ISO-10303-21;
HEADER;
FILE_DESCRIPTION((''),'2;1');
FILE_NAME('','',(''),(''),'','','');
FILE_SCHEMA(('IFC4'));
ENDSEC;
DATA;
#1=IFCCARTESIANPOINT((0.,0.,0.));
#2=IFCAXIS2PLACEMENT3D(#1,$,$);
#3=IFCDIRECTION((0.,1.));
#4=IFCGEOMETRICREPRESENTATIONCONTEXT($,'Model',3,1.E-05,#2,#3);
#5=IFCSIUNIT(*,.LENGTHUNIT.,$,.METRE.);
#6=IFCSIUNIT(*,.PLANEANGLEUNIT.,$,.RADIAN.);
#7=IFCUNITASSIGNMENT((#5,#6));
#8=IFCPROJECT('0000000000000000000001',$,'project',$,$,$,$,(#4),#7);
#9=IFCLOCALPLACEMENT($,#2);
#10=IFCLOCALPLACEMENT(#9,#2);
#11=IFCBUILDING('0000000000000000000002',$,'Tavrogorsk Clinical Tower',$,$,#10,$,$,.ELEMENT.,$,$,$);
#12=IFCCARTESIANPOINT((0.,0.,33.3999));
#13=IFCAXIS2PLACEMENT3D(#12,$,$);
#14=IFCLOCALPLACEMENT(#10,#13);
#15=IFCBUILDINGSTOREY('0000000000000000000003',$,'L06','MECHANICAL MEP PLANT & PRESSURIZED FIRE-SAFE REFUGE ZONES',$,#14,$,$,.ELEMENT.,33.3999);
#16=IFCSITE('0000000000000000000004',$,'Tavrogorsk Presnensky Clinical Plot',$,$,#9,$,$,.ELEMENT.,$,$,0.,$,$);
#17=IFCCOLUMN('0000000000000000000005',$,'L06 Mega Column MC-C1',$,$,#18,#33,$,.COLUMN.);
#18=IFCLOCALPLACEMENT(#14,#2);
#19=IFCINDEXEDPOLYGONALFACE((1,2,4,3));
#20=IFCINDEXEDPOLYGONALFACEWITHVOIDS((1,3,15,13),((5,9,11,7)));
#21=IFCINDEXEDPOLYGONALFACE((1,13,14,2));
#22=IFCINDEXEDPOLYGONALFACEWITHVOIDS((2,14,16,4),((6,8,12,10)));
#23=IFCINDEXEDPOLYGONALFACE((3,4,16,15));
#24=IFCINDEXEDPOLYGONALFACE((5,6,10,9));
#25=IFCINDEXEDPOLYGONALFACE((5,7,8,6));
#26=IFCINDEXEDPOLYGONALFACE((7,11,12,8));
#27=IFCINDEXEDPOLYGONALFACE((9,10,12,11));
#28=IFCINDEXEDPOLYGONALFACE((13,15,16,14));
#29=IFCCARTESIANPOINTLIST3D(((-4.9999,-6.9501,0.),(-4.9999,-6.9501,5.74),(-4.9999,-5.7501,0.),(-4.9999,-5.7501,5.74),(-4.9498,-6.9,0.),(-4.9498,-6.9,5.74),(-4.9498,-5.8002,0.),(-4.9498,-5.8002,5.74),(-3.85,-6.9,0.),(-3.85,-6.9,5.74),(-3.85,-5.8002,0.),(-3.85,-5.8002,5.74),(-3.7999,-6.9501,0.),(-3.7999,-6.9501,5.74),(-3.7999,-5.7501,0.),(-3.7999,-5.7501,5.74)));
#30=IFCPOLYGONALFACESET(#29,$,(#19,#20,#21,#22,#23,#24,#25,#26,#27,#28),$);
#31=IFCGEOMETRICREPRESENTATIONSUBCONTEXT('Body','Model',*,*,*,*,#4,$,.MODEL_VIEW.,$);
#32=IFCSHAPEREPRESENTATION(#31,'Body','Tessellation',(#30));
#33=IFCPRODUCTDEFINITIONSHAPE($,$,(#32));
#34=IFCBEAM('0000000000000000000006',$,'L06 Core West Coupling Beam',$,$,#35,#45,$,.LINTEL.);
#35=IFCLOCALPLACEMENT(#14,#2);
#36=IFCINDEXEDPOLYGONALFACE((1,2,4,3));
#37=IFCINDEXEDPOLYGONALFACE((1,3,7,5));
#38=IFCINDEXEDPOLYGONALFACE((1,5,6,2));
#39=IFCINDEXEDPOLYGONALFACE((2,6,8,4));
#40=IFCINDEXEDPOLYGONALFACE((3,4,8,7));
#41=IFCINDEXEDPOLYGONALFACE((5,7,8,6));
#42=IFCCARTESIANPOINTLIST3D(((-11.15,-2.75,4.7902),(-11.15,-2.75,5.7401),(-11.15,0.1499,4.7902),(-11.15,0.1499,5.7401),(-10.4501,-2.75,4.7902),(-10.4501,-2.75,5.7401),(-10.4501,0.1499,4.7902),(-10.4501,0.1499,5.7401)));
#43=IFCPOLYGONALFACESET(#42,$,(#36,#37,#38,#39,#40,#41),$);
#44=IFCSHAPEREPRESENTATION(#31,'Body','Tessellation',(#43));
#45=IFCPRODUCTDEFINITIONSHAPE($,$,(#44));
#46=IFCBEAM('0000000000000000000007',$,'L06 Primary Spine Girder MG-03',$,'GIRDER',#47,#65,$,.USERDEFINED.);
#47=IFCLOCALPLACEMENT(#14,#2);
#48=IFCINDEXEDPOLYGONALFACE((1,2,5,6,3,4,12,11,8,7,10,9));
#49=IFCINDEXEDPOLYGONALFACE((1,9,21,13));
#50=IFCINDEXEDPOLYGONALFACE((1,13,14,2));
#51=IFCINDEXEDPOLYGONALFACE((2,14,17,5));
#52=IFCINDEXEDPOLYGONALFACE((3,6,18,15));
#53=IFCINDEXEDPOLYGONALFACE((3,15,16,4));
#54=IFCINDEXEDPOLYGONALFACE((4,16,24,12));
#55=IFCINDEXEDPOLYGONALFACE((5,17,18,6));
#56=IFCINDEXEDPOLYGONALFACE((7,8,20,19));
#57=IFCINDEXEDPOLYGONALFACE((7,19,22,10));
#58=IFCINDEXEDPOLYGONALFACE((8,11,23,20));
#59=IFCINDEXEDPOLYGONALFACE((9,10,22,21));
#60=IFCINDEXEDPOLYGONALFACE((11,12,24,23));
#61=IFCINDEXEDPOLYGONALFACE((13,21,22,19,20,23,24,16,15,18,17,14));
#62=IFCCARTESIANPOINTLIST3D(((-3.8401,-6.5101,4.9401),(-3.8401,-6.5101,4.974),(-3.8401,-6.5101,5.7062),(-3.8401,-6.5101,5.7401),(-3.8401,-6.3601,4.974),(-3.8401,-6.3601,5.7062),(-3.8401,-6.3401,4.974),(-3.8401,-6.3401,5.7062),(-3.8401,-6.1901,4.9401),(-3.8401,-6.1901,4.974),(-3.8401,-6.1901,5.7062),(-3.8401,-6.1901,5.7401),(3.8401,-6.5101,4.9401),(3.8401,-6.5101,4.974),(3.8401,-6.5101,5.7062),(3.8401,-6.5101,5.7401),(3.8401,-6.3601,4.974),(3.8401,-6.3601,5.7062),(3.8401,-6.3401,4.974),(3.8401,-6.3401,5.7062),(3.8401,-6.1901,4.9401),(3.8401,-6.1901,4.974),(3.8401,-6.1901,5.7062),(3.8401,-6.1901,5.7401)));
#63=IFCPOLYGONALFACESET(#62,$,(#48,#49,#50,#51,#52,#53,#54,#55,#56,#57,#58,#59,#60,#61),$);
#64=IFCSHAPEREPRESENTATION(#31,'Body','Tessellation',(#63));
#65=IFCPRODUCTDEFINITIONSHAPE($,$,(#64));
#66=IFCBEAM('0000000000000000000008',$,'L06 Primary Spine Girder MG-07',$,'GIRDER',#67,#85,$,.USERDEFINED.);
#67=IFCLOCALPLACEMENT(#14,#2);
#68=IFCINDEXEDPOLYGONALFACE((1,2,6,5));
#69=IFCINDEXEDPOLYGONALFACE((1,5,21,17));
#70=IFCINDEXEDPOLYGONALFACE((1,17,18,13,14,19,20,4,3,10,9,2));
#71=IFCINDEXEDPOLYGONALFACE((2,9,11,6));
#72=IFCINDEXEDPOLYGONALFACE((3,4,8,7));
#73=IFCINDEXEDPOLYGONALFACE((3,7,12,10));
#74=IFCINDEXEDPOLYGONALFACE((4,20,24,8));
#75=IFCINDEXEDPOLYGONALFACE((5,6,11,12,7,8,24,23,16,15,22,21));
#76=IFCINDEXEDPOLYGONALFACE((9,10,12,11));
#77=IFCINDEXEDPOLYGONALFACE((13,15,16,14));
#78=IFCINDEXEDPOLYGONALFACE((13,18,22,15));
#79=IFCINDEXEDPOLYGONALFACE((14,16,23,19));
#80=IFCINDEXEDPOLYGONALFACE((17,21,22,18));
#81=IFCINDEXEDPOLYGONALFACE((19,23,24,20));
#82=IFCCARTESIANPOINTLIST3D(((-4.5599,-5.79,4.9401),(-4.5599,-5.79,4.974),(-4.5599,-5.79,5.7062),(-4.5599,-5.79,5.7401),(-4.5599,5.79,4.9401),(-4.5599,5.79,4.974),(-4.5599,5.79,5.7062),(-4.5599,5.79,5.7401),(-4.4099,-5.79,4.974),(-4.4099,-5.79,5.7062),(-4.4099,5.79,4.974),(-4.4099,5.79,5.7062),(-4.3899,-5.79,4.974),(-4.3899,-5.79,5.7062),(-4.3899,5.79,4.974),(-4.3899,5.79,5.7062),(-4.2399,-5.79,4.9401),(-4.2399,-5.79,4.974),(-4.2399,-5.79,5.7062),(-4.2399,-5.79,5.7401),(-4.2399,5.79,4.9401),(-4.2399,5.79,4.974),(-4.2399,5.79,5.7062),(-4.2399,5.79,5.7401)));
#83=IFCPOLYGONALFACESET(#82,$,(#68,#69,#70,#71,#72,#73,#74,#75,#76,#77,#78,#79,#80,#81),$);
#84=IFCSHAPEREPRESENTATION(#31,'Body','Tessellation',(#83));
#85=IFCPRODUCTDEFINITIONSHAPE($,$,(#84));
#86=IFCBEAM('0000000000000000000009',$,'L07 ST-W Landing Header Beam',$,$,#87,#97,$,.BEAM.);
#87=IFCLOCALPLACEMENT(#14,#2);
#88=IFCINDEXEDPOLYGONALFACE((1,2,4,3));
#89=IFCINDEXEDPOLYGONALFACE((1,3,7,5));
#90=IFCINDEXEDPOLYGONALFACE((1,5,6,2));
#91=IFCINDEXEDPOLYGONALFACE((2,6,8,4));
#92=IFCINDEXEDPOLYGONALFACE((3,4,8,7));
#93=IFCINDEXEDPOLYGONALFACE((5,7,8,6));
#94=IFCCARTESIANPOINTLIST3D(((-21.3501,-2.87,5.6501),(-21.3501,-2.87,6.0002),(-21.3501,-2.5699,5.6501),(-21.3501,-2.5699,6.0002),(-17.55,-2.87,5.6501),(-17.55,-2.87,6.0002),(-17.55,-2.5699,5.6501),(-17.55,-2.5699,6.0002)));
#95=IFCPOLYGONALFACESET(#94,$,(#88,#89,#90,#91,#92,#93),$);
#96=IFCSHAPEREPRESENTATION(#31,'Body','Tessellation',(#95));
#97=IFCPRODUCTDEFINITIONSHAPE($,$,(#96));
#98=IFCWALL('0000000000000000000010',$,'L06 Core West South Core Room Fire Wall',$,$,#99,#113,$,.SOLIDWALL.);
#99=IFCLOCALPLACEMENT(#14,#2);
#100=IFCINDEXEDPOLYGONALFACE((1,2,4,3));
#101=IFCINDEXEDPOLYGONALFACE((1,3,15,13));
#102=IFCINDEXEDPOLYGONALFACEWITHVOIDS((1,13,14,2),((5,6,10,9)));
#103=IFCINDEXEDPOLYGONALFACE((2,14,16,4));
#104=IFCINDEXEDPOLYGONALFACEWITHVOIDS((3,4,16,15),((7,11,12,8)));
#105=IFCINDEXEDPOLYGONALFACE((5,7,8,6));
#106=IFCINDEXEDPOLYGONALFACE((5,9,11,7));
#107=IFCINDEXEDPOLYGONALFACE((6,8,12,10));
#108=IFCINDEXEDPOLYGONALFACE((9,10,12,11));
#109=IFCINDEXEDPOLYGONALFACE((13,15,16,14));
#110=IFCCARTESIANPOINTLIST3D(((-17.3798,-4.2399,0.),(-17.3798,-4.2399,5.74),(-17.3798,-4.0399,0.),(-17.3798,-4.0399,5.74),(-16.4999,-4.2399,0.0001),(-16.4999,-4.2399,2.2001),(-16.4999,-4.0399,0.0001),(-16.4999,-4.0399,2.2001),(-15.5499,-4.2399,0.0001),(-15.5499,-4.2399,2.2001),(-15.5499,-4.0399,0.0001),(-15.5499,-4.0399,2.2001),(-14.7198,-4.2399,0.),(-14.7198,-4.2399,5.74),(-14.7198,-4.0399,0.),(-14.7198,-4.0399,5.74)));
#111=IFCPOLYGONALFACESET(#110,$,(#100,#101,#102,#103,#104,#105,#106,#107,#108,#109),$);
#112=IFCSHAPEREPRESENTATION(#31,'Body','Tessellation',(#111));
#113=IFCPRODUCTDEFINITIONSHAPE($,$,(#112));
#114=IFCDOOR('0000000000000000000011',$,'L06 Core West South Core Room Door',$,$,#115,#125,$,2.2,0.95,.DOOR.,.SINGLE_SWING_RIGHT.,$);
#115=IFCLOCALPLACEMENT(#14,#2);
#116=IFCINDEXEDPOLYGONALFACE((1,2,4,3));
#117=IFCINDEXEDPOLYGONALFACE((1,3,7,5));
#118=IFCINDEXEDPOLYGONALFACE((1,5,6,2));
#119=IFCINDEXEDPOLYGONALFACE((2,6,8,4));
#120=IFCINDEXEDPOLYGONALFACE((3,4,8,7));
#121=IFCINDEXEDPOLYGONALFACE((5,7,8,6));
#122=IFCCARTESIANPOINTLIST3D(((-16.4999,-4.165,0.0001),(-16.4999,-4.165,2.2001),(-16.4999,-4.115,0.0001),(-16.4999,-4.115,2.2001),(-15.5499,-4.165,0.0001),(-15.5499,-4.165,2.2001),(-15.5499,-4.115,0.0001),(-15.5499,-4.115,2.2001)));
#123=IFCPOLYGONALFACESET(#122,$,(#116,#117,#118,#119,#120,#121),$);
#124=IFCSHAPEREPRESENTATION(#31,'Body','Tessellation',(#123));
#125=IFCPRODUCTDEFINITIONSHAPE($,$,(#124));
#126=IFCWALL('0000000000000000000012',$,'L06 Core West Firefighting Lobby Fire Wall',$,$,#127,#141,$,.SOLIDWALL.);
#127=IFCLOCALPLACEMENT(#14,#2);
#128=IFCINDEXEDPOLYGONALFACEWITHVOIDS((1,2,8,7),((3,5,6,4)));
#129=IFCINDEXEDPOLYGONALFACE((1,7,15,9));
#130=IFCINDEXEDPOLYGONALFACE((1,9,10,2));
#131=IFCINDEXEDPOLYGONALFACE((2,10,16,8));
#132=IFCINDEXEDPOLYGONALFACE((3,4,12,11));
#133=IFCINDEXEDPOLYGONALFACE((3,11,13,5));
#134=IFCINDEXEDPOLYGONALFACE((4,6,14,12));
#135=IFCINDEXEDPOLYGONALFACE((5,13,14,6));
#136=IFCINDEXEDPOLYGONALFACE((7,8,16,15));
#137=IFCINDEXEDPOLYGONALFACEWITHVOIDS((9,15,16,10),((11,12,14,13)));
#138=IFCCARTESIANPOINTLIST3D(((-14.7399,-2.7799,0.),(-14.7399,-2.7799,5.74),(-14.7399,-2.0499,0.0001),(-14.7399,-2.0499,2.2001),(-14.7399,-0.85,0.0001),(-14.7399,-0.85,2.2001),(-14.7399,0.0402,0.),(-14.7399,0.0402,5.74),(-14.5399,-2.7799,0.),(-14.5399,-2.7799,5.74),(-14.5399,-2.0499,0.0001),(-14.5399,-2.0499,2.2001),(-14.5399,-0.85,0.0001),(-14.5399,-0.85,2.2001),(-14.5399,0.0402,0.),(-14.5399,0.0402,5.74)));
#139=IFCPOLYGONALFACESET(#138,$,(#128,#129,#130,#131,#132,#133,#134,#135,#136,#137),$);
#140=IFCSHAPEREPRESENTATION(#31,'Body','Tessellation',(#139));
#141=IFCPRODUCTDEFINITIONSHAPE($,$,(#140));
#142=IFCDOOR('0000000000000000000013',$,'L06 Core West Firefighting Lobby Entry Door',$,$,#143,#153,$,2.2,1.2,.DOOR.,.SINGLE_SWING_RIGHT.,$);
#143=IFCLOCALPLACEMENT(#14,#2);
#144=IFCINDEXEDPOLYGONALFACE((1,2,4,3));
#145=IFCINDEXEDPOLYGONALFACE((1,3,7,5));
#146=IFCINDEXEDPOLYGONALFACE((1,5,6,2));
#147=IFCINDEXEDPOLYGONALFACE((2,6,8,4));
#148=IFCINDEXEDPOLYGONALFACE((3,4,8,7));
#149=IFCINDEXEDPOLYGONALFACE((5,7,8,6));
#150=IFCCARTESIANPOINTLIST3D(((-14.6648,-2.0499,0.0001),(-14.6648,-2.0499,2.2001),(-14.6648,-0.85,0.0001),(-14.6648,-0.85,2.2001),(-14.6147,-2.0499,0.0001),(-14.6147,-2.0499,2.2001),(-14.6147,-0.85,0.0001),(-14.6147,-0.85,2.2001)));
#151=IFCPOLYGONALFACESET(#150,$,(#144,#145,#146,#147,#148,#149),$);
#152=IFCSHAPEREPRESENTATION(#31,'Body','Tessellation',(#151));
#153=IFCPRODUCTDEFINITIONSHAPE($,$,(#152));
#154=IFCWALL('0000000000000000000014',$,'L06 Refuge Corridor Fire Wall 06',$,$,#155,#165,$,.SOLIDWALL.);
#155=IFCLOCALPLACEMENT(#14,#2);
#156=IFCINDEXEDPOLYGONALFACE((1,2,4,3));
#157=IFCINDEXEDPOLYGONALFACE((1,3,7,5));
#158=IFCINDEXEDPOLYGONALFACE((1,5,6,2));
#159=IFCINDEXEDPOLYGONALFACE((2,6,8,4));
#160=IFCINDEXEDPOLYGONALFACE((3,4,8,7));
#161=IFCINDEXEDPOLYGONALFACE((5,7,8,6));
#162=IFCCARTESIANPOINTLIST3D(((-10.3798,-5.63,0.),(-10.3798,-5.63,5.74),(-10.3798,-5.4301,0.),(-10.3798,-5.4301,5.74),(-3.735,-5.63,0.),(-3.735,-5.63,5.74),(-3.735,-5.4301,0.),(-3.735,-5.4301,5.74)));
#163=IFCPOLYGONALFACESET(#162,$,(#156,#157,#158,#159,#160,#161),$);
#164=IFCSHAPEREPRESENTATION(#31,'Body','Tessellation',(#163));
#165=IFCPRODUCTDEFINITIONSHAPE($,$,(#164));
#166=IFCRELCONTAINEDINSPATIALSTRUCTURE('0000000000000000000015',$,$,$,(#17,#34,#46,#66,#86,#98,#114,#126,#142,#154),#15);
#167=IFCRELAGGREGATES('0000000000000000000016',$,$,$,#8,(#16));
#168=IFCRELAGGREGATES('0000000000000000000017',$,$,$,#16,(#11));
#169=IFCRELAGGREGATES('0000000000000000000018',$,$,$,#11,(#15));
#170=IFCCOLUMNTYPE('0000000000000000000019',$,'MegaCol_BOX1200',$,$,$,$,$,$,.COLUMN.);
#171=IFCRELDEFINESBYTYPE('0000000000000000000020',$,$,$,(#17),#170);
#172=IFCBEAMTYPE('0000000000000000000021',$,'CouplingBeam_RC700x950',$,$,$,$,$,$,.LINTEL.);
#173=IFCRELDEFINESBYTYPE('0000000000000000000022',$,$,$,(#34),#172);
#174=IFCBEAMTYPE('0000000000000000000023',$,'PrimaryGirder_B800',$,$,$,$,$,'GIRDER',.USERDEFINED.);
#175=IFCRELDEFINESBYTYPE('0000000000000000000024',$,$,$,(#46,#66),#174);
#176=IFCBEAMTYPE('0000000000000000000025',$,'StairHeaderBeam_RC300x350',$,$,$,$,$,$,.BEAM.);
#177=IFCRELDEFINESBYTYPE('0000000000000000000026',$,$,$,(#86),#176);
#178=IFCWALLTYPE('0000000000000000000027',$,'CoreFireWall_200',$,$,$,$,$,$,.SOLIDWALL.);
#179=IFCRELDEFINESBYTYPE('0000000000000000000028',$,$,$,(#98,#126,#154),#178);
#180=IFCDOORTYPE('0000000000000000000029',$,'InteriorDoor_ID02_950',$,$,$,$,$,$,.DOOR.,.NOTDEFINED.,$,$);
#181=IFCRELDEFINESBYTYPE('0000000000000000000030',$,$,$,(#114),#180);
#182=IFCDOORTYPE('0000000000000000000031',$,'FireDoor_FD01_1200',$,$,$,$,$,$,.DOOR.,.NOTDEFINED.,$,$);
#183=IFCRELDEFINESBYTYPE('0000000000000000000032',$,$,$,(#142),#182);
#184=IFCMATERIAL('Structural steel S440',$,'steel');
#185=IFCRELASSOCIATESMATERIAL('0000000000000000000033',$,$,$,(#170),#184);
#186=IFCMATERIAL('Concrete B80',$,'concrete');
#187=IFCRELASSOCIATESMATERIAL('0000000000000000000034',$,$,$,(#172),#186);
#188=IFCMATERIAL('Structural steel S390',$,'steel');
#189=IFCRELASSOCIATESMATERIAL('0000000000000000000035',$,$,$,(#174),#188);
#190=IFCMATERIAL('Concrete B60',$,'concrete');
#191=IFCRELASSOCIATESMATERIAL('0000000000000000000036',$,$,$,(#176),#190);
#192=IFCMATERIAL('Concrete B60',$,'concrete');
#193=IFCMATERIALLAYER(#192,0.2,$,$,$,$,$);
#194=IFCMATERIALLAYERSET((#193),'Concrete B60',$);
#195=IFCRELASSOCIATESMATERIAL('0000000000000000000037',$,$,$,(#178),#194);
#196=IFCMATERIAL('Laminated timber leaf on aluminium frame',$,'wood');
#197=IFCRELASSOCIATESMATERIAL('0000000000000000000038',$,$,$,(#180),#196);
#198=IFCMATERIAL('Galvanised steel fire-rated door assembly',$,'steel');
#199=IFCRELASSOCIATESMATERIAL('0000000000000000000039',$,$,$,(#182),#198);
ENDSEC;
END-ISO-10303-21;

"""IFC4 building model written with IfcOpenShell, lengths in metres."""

from ifc_helpers import new_model, si_unit, direction, frame, frame_2d, origin, origin_2d, place, context, subcontext, project, spatial, rectangle, hollow_rectangle, i_section, extrude, material, layer, layer_set, material_profile, profile_set, type_object, element, fill, save


model = new_model("IFC4")

# Units and contexts
model_context = context("Model", 3, precision=1e-05, world=origin(), true_north=direction((0.0, 1.0)))
body_context = subcontext(model_context, "Body", "Model", "MODEL_VIEW")
ifc_project = project(units=[si_unit("LENGTHUNIT", "METRE"), si_unit("PLANEANGLEUNIT", "RADIAN")], contexts=[model_context])

# Site, building, storey
site_placement = place(None, origin())
site = spatial("IfcSite", under=ifc_project, at=site_placement, Name="Tavrogorsk Presnensky Clinical Plot", CompositionType="ELEMENT", RefElevation=0.0)
building_placement = place(site_placement, origin())
building = spatial("IfcBuilding", under=site, at=building_placement, Name="Tavrogorsk Clinical Tower", CompositionType="ELEMENT")
storey_placement = place(building_placement, frame((0.0, 0.0, 33.3999)))
storey = spatial("IfcBuildingStorey", under=building, at=storey_placement, Name="L06", Description="MECHANICAL MEP PLANT & PRESSURIZED FIRE-SAFE REFUGE ZONES", CompositionType="ELEMENT", Elevation=33.3999)

# Column
ifc_material_1 = material(Name="Structural steel S440", Category="steel")
ifc_material_profile_1 = material_profile(ifc_material_1, hollow_rectangle(XDim=1.2, YDim=1.2, WallThickness=0.05, at=origin_2d()), Name="BOX-1200x1200x50")
ifc_profile_set_1 = profile_set([ifc_material_profile_1], Name="Structural steel S440")
column_type = type_object("IfcColumnType", Name="MegaCol_BOX1200", PredefinedType="COLUMN", material=ifc_profile_set_1)
column_placement = place(storey_placement, frame((-4.3999, -6.3501, 0.0), z_axis=(0.0, 0.0, 1.0), x_axis=(1.0, 0.0, 0.0)))
element("IfcColumn", 1, at=column_placement, inside=storey, type_object=column_type, Name="L06 Mega Column MC-C1", PredefinedType="COLUMN", context=body_context, shape_type="SweptSolid", body=[
    extrude(hollow_rectangle(XDim=1.2, YDim=1.2, WallThickness=0.05, at=origin_2d()), origin(), (0.0, 0.0, 1.0), 5.74),
])

# Beams
ifc_material_2 = material(Name="Concrete B80", Category="concrete")
ifc_material_profile_2 = material_profile(ifc_material_2, rectangle(XDim=0.7, YDim=0.95, at=origin_2d()), Name="RC-CB-700x950")
ifc_profile_set_2 = profile_set([ifc_material_profile_2], Name="Concrete B80")
beam_type_1 = type_object("IfcBeamType", Name="CouplingBeam_RC700x950", PredefinedType="LINTEL", material=ifc_profile_set_2)
beam_1_placement = place(storey_placement, frame((-10.8, -2.75, 5.2651), z_axis=(0.0, 1.0, 0.0), x_axis=(-1.0, 0.0, 0.0)))
element("IfcBeam", 2, at=beam_1_placement, inside=storey, type_object=beam_type_1, Name="L06 Core West Coupling Beam", PredefinedType="LINTEL", context=body_context, shape_type="SweptSolid", body=[
    extrude(rectangle(XDim=0.7, YDim=0.95, at=origin_2d()), origin(), (0.0, 0.0, 1.0), 2.8999),
])
ifc_material_3 = material(Name="Structural steel S390", Category="steel")
ifc_material_profile_3 = material_profile(ifc_material_3, i_section(OverallWidth=0.3201, OverallDepth=0.8, WebThickness=0.02, FlangeThickness=0.0339, at=origin_2d()), Name="B-800x320x20x34")
ifc_profile_set_3 = profile_set([ifc_material_profile_3], Name="Structural steel S390")
beam_type_2 = type_object("IfcBeamType", Name="PrimaryGirder_B800", ElementType="GIRDER", PredefinedType="USERDEFINED", material=ifc_profile_set_3)
beam_2_placement = place(storey_placement, frame((-3.8401, -6.3501, 5.3401), z_axis=(1.0, 0.0, 0.0), x_axis=(0.0, 1.0, 0.0)))
element("IfcBeam", 3, at=beam_2_placement, inside=storey, type_object=beam_type_2, Name="L06 Primary Spine Girder MG-03", ObjectType="GIRDER", PredefinedType="USERDEFINED", context=body_context, shape_type="SweptSolid", body=[
    extrude(i_section(OverallWidth=0.3201, OverallDepth=0.8, WebThickness=0.02, FlangeThickness=0.0339, at=origin_2d()), origin(), (0.0, 0.0, 1.0), 7.6802),
])
beam_3_placement = place(storey_placement, frame((-4.3999, -5.79, 5.3401), z_axis=(0.0, 1.0, 0.0), x_axis=(-1.0, 0.0, 0.0)))
element("IfcBeam", 4, at=beam_3_placement, inside=storey, type_object=beam_type_2, Name="L06 Primary Spine Girder MG-07", ObjectType="GIRDER", PredefinedType="USERDEFINED", context=body_context, shape_type="SweptSolid", body=[
    extrude(i_section(OverallWidth=0.3201, OverallDepth=0.8, WebThickness=0.02, FlangeThickness=0.0339, at=origin_2d()), origin(), (0.0, 0.0, 1.0), 11.5801),
])
ifc_material_4 = material(Name="Concrete B60", Category="concrete")
ifc_material_profile_4 = material_profile(ifc_material_4, rectangle(XDim=0.3, YDim=0.3501, at=origin_2d()), Name="RC-SHB-300x350")
ifc_profile_set_4 = profile_set([ifc_material_profile_4], Name="Concrete B60")
beam_type_3 = type_object("IfcBeamType", Name="StairHeaderBeam_RC300x350", PredefinedType="BEAM", material=ifc_profile_set_4)
beam_4_placement = place(storey_placement, frame((-21.3501, -2.72, 5.8252), z_axis=(1.0, 0.0, 0.0), x_axis=(0.0, 1.0, 0.0)))
element("IfcBeam", 5, at=beam_4_placement, inside=storey, type_object=beam_type_3, Name="L07 ST-W Landing Header Beam", PredefinedType="BEAM", context=body_context, shape_type="SweptSolid", body=[
    extrude(rectangle(XDim=0.3, YDim=0.3501, at=origin_2d()), origin(), (0.0, 0.0, 1.0), 3.8),
])

# Walls, openings, doors
ifc_material_5 = material(Name="Concrete B60", Category="concrete")
ifc_layer_1 = layer(ifc_material_5, 0.2)
ifc_layer_set_1 = layer_set([ifc_layer_1], Name="Concrete B60")
wall_type_1 = type_object("IfcWallType", Name="CoreFireWall_200", PredefinedType="SOLIDWALL", material=ifc_layer_set_1)
wall_1_placement = place(storey_placement, frame((-17.3799, -4.1399, 0.0), z_axis=(0.0, 0.0, 1.0), x_axis=(1.0, 0.0, 0.0)))
wall_1 = element("IfcWall", 6, at=wall_1_placement, inside=storey, type_object=wall_type_1, Name="L06 Core West South Core Room Fire Wall", PredefinedType="SOLIDWALL", context=body_context, shape_type="SweptSolid", body=[
    extrude(rectangle(XDim=2.6599, YDim=0.2, at=frame_2d((1.3301, 0.0))), origin(), (0.0, 0.0, 1.0), 5.74),
])
opening_1_placement = place(wall_1_placement, frame((0.8799, 0.0, 0.0)))
opening_1 = element("IfcOpeningElement", 7, at=opening_1_placement, cuts=wall_1, PredefinedType="OPENING", context=body_context, shape_type="SweptSolid", body=[
    extrude(rectangle(XDim=0.95, YDim=2.2, at=frame_2d((0.4751, 1.1001))), frame((0.0, 0.1099, 0.0), z_axis=(0.0, -1.0, 0.0), x_axis=(1.0, 0.0, 0.0)), (0.0, 0.0, 1.0), 0.22),
])
ifc_material_6 = material(Name="Laminated timber leaf on aluminium frame", Category="wood")
door_type_1 = type_object("IfcDoorType", Name="InteriorDoor_ID02_950", OperationType="NOTDEFINED", PredefinedType="DOOR", material=ifc_material_6)
door_1_placement = place(opening_1_placement, origin())
door_1 = element("IfcDoor", 8, at=door_1_placement, inside=storey, type_object=door_type_1, Name="L06 Core West South Core Room Door", OperationType="SINGLE_SWING_RIGHT", OverallHeight=2.2, OverallWidth=0.95, PredefinedType="DOOR", context=body_context, shape_type="SweptSolid", body=[
    extrude(rectangle(XDim=0.95, YDim=2.2, at=frame_2d((0.4751, 1.1001))), frame((0.0, 0.0249, 0.0), z_axis=(0.0, -1.0, 0.0), x_axis=(1.0, 0.0, 0.0)), (0.0, 0.0, 1.0), 0.05),
])
fill(opening_1, door_1)
wall_2_placement = place(storey_placement, frame((-14.6399, -2.78, 0.0), z_axis=(0.0, 0.0, 1.0), x_axis=(0.0, 1.0, 0.0)))
wall_2 = element("IfcWall", 9, at=wall_2_placement, inside=storey, type_object=wall_type_1, Name="L06 Core West Firefighting Lobby Fire Wall", PredefinedType="SOLIDWALL", context=body_context, shape_type="SweptSolid", body=[
    extrude(rectangle(XDim=2.8201, YDim=0.2, at=frame_2d((1.4102, 0.0))), origin(), (0.0, 0.0, 1.0), 5.74),
])
opening_2_placement = place(wall_2_placement, frame((0.73, 0.0, 0.0)))
opening_2 = element("IfcOpeningElement", 10, at=opening_2_placement, cuts=wall_2, PredefinedType="OPENING", context=body_context, shape_type="SweptSolid", body=[
    extrude(rectangle(XDim=1.2, YDim=2.2, at=frame_2d((0.6001, 1.1001))), frame((0.0, 0.1099, 0.0), z_axis=(0.0, -1.0, 0.0), x_axis=(1.0, 0.0, 0.0)), (0.0, 0.0, 1.0), 0.22),
])
ifc_material_7 = material(Name="Galvanised steel fire-rated door assembly", Category="steel")
door_type_2 = type_object("IfcDoorType", Name="FireDoor_FD01_1200", OperationType="NOTDEFINED", PredefinedType="DOOR", material=ifc_material_7)
door_2_placement = place(opening_2_placement, origin())
door_2 = element("IfcDoor", 11, at=door_2_placement, inside=storey, type_object=door_type_2, Name="L06 Core West Firefighting Lobby Entry Door", OperationType="SINGLE_SWING_RIGHT", OverallHeight=2.2, OverallWidth=1.2, PredefinedType="DOOR", context=body_context, shape_type="SweptSolid", body=[
    extrude(rectangle(XDim=1.2, YDim=2.2, at=frame_2d((0.6001, 1.1001))), frame((0.0, 0.0249, 0.0), z_axis=(0.0, -1.0, 0.0), x_axis=(1.0, 0.0, 0.0)), (0.0, 0.0, 1.0), 0.05),
])
fill(opening_2, door_2)

# Wall
wall_3_placement = place(storey_placement, frame((-3.7351, -5.53, 0.0), z_axis=(0.0, 0.0, 1.0), x_axis=(-1.0, 0.0, 0.0)))
element("IfcWall", 12, at=wall_3_placement, inside=storey, type_object=wall_type_1, Name="L06 Refuge Corridor Fire Wall 06", PredefinedType="SOLIDWALL", context=body_context, shape_type="SweptSolid", body=[
    extrude(rectangle(XDim=6.6448, YDim=0.2, at=frame_2d((3.3223, 0.0))), origin(), (0.0, 0.0, 1.0), 5.74),
])

save(model, "model.ifc")
